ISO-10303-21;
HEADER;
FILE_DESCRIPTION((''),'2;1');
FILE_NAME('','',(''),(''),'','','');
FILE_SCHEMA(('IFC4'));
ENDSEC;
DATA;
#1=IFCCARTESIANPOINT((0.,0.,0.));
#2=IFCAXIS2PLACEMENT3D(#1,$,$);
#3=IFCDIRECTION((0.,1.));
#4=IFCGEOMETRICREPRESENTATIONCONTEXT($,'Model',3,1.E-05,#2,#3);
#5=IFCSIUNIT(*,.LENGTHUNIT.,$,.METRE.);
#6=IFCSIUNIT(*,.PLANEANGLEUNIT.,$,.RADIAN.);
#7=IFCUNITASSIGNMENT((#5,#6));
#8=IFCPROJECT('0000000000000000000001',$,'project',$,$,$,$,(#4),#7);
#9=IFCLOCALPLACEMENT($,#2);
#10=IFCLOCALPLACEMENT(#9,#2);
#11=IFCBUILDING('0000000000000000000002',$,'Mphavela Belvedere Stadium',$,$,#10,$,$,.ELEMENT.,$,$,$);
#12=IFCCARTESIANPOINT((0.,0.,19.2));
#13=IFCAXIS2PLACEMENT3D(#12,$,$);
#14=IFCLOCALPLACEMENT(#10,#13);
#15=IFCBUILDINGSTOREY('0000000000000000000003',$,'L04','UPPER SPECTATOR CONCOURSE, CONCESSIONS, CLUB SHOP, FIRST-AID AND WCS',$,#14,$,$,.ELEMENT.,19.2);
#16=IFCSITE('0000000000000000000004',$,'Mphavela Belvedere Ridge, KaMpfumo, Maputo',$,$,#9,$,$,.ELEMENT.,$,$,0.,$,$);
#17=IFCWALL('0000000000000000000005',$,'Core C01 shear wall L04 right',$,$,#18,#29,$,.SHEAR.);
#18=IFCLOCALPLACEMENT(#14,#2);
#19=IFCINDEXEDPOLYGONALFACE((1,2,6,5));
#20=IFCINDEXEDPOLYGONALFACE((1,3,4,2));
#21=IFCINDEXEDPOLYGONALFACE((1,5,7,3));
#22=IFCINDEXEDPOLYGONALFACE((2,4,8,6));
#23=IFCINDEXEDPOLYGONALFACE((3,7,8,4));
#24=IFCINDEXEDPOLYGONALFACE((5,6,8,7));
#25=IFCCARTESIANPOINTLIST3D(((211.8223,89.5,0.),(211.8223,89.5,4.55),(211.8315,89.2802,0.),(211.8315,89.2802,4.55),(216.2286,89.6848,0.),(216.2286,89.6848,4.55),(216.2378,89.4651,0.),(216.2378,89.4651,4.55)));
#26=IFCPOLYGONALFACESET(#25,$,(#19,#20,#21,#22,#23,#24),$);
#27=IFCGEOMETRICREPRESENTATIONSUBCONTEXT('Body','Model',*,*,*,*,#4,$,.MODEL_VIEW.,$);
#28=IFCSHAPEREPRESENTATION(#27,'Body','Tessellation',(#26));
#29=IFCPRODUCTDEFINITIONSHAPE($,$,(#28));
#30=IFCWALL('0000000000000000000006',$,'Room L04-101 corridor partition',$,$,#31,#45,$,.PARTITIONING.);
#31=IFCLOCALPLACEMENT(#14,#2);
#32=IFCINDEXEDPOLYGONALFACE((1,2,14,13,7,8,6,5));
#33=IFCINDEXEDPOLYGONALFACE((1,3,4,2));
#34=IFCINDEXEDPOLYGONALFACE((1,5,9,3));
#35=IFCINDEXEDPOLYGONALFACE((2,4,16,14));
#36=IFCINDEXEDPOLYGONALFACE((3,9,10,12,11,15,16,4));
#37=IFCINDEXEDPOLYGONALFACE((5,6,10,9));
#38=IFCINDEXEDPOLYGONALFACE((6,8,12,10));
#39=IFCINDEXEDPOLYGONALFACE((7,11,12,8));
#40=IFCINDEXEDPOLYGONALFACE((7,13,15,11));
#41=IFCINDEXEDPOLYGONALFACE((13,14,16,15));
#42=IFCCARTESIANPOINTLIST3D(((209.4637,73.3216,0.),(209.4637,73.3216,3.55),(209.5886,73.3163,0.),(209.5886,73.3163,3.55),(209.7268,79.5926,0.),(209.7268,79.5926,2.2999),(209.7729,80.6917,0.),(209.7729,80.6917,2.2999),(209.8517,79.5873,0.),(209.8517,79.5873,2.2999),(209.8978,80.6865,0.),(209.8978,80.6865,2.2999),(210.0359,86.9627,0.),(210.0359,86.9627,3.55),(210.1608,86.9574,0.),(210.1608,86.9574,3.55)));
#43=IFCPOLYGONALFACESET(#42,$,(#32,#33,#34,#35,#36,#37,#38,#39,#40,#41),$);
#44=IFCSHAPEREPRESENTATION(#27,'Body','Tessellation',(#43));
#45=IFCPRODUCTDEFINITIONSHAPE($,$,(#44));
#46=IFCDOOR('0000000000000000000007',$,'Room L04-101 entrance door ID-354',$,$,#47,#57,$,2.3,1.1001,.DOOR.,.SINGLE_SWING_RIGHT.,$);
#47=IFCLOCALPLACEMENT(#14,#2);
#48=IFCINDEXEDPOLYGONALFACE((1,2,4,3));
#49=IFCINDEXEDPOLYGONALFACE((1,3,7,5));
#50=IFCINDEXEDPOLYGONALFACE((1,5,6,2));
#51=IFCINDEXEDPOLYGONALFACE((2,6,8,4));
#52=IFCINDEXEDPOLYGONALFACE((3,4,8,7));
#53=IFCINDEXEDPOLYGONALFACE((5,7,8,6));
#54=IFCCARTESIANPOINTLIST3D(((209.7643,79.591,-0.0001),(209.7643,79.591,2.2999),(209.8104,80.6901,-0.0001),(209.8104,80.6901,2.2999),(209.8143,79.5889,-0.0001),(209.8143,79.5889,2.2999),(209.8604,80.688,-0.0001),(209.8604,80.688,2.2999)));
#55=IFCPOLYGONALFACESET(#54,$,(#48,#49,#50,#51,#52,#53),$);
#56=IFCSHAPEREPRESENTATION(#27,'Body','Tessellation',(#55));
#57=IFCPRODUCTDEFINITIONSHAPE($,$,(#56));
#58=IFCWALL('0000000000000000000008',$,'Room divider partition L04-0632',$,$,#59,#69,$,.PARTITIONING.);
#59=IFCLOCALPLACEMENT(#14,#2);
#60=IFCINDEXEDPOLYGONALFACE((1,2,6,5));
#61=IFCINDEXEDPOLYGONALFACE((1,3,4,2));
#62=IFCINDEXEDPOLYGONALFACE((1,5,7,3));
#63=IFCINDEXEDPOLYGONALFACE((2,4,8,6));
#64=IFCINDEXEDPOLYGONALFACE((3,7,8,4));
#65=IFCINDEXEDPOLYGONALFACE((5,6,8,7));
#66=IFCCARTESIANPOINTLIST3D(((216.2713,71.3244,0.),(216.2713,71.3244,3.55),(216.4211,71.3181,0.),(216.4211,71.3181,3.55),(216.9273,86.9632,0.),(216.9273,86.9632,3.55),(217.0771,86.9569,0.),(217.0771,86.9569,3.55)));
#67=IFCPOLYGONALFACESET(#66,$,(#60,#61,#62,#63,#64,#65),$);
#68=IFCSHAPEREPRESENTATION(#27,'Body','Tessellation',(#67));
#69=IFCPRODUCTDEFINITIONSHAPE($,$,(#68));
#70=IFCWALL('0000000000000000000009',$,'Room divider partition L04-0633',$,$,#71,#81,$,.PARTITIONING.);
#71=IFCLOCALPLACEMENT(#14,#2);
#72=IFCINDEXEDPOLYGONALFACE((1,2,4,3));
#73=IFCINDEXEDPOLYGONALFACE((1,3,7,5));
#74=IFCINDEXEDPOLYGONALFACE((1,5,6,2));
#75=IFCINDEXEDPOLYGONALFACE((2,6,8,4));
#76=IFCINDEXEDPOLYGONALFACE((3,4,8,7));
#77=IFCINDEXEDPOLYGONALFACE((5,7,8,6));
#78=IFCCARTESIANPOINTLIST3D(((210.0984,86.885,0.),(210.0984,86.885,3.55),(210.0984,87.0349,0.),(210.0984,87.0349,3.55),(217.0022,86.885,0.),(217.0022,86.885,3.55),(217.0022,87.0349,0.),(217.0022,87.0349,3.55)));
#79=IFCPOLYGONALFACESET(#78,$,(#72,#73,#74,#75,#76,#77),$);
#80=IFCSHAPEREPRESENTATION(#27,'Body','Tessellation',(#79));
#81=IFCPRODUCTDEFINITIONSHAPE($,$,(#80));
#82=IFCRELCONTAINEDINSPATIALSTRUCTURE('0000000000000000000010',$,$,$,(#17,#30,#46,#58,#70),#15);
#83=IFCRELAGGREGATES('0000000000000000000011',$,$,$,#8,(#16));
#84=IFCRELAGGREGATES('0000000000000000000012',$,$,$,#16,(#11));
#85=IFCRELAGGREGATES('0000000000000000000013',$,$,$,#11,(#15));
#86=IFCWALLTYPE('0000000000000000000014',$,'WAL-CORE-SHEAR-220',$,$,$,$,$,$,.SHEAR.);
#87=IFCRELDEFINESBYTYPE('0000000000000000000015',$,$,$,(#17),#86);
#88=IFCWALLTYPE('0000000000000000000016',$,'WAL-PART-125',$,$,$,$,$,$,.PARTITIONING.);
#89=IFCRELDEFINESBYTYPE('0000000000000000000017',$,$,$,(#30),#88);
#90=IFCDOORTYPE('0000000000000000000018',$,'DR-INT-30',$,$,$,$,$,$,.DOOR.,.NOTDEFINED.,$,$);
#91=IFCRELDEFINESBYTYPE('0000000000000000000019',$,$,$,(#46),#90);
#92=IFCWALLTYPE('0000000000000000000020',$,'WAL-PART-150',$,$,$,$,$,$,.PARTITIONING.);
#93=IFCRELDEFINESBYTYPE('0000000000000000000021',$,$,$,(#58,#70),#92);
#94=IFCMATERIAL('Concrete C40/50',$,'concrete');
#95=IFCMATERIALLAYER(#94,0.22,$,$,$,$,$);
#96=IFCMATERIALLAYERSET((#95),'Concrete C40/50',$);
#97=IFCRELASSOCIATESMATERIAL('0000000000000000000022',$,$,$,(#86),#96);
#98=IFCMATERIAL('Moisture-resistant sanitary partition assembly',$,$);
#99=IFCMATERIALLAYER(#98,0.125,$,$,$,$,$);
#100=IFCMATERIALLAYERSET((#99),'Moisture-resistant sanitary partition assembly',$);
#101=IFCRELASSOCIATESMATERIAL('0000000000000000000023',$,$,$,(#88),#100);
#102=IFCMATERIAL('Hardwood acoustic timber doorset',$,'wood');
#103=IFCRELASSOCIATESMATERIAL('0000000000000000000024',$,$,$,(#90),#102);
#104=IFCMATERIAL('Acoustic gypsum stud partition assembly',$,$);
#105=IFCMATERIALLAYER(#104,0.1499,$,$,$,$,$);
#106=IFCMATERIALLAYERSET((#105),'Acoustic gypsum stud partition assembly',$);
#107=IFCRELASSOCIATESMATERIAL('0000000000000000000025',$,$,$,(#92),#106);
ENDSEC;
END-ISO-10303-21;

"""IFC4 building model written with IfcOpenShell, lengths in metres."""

from ifc_helpers import new_model, si_unit, direction, frame, frame_2d, origin, place, context, subcontext, project, spatial, rectangle, extrude, material, layer, layer_set, type_object, element, fill, save


model = new_model("IFC4")

# Units and contexts
model_context = context("Model", 3, precision=1e-05, world=origin(), true_north=direction((0.0, 1.0)))
body_context = subcontext(model_context, "Body", "Model", "MODEL_VIEW")
ifc_project = project(units=[si_unit("LENGTHUNIT", "METRE"), si_unit("PLANEANGLEUNIT", "RADIAN")], contexts=[model_context])

# Site, building, storey
site_placement = place(None, origin())
site = spatial("IfcSite", under=ifc_project, at=site_placement, Name="Mphavela Belvedere Ridge, KaMpfumo, Maputo", CompositionType="ELEMENT", RefElevation=0.0)
building_placement = place(site_placement, origin())
building = spatial("IfcBuilding", under=site, at=building_placement, Name="Mphavela Belvedere Stadium", CompositionType="ELEMENT")
storey_placement = place(building_placement, frame((0.0, 0.0, 19.2)))
storey = spatial("IfcBuildingStorey", under=building, at=storey_placement, Name="L04", Description="UPPER SPECTATOR CONCOURSE, CONCESSIONS, CLUB SHOP, FIRST-AID AND WCS", CompositionType="ELEMENT", Elevation=19.2)

# Wall
ifc_material_1 = material(Name="Concrete C40/50", Category="concrete")
ifc_layer_1 = layer(ifc_material_1, 0.22)
ifc_layer_set_1 = layer_set([ifc_layer_1], Name="Concrete C40/50")
wall_type_1 = type_object("IfcWallType", Name="WAL-CORE-SHEAR-220", PredefinedType="SHEAR", material=ifc_layer_set_1)
wall_1_placement = place(storey_placement, frame((211.8269, 89.3901, 0.0), z_axis=(0.0, 0.0, 1.0), x_axis=(0.999122, 0.041907, 0.0)))
element("IfcWall", 1, at=wall_1_placement, inside=storey, type_object=wall_type_1, Name="Core C01 shear wall L04 right", PredefinedType="SHEAR", context=body_context, shape_type="SweptSolid", body=[
    extrude(rectangle(XDim=4.4102, YDim=0.22, at=frame_2d((2.2051, 0.0))), origin(), (0.0, 0.0, 1.0), 4.55),
])

# Wall, opening, door
ifc_material_2 = material(Name="Moisture-resistant sanitary partition assembly")
ifc_layer_2 = layer(ifc_material_2, 0.125)
ifc_layer_set_2 = layer_set([ifc_layer_2], Name="Moisture-resistant sanitary partition assembly")
wall_type_2 = type_object("IfcWallType", Name="WAL-PART-125", PredefinedType="PARTITIONING", material=ifc_layer_set_2)
wall_2_placement = place(storey_placement, frame((209.5261, 73.3188, 0.0), z_axis=(0.0, 0.0, 1.0), x_axis=(0.041915, 0.999121, 0.0)))
wall_2 = element("IfcWall", 2, at=wall_2_placement, inside=storey, type_object=wall_type_2, Name="Room L04-101 corridor partition", PredefinedType="PARTITIONING", context=body_context, shape_type="SweptSolid", body=[
    extrude(rectangle(XDim=13.6531, YDim=0.125, at=frame_2d((6.8267, 0.0))), origin(), (0.0, 0.0, 1.0), 3.55),
])
opening_placement = place(wall_2_placement, frame((6.2766, 0.0, 0.0)))
opening = element("IfcOpeningElement", 3, at=opening_placement, cuts=wall_2, PredefinedType="OPENING", context=body_context, shape_type="SweptSolid", body=[
    extrude(rectangle(XDim=1.1001, YDim=2.3, at=frame_2d((0.55, 1.1499))), frame((0.0, 0.0725, 0.0), z_axis=(0.0, -1.0, 0.0), x_axis=(1.0, 0.0, 0.0)), (0.0, 0.0, 1.0), 0.145),
])
ifc_material_3 = material(Name="Hardwood acoustic timber doorset", Category="wood")
door_type = type_object("IfcDoorType", Name="DR-INT-30", OperationType="NOTDEFINED", PredefinedType="DOOR", material=ifc_material_3)
door_placement = place(opening_placement, origin())
door = element("IfcDoor", 4, at=door_placement, inside=storey, type_object=door_type, Name="Room L04-101 entrance door ID-354", OperationType="SINGLE_SWING_RIGHT", OverallHeight=2.3, OverallWidth=1.1001, PredefinedType="DOOR", context=body_context, shape_type="SweptSolid", body=[
    extrude(rectangle(XDim=1.1001, YDim=2.3, at=frame_2d((0.55, 1.1499))), frame((0.0, 0.0249, 0.0), z_axis=(0.0, -1.0, 0.0), x_axis=(1.0, 0.0, 0.0)), (0.0, 0.0, 1.0), 0.05),
])
fill(opening, door)

# Walls
ifc_material_4 = material(Name="Acoustic gypsum stud partition assembly")
ifc_layer_3 = layer(ifc_material_4, 0.1499)
ifc_layer_set_3 = layer_set([ifc_layer_3], Name="Acoustic gypsum stud partition assembly")
wall_type_3 = type_object("IfcWallType", Name="WAL-PART-150", PredefinedType="PARTITIONING", material=ifc_layer_set_3)
wall_3_placement = place(storey_placement, frame((217.0022, 86.96, 0.0), z_axis=(0.0, 0.0, 1.0), x_axis=(-0.04191, -0.999121, 0.0)))
element("IfcWall", 5, at=wall_3_placement, inside=storey, type_object=wall_type_3, Name="Room divider partition L04-0632", PredefinedType="PARTITIONING", context=body_context, shape_type="SweptSolid", body=[
    extrude(rectangle(XDim=15.6526, YDim=0.1499, at=frame_2d((7.8262, 0.0))), origin(), (0.0, 0.0, 1.0), 3.55),
])
wall_4_placement = place(storey_placement, frame((210.0984, 86.96, 0.0), z_axis=(0.0, 0.0, 1.0), x_axis=(1.0, 0.0, 0.0)))
element("IfcWall", 6, at=wall_4_placement, inside=storey, type_object=wall_type_3, Name="Room divider partition L04-0633", PredefinedType="PARTITIONING", context=body_context, shape_type="SweptSolid", body=[
    extrude(rectangle(XDim=6.9038, YDim=0.1499, at=frame_2d((3.4519, 0.0))), origin(), (0.0, 0.0, 1.0), 3.55),
])

save(model, "model.ifc")
